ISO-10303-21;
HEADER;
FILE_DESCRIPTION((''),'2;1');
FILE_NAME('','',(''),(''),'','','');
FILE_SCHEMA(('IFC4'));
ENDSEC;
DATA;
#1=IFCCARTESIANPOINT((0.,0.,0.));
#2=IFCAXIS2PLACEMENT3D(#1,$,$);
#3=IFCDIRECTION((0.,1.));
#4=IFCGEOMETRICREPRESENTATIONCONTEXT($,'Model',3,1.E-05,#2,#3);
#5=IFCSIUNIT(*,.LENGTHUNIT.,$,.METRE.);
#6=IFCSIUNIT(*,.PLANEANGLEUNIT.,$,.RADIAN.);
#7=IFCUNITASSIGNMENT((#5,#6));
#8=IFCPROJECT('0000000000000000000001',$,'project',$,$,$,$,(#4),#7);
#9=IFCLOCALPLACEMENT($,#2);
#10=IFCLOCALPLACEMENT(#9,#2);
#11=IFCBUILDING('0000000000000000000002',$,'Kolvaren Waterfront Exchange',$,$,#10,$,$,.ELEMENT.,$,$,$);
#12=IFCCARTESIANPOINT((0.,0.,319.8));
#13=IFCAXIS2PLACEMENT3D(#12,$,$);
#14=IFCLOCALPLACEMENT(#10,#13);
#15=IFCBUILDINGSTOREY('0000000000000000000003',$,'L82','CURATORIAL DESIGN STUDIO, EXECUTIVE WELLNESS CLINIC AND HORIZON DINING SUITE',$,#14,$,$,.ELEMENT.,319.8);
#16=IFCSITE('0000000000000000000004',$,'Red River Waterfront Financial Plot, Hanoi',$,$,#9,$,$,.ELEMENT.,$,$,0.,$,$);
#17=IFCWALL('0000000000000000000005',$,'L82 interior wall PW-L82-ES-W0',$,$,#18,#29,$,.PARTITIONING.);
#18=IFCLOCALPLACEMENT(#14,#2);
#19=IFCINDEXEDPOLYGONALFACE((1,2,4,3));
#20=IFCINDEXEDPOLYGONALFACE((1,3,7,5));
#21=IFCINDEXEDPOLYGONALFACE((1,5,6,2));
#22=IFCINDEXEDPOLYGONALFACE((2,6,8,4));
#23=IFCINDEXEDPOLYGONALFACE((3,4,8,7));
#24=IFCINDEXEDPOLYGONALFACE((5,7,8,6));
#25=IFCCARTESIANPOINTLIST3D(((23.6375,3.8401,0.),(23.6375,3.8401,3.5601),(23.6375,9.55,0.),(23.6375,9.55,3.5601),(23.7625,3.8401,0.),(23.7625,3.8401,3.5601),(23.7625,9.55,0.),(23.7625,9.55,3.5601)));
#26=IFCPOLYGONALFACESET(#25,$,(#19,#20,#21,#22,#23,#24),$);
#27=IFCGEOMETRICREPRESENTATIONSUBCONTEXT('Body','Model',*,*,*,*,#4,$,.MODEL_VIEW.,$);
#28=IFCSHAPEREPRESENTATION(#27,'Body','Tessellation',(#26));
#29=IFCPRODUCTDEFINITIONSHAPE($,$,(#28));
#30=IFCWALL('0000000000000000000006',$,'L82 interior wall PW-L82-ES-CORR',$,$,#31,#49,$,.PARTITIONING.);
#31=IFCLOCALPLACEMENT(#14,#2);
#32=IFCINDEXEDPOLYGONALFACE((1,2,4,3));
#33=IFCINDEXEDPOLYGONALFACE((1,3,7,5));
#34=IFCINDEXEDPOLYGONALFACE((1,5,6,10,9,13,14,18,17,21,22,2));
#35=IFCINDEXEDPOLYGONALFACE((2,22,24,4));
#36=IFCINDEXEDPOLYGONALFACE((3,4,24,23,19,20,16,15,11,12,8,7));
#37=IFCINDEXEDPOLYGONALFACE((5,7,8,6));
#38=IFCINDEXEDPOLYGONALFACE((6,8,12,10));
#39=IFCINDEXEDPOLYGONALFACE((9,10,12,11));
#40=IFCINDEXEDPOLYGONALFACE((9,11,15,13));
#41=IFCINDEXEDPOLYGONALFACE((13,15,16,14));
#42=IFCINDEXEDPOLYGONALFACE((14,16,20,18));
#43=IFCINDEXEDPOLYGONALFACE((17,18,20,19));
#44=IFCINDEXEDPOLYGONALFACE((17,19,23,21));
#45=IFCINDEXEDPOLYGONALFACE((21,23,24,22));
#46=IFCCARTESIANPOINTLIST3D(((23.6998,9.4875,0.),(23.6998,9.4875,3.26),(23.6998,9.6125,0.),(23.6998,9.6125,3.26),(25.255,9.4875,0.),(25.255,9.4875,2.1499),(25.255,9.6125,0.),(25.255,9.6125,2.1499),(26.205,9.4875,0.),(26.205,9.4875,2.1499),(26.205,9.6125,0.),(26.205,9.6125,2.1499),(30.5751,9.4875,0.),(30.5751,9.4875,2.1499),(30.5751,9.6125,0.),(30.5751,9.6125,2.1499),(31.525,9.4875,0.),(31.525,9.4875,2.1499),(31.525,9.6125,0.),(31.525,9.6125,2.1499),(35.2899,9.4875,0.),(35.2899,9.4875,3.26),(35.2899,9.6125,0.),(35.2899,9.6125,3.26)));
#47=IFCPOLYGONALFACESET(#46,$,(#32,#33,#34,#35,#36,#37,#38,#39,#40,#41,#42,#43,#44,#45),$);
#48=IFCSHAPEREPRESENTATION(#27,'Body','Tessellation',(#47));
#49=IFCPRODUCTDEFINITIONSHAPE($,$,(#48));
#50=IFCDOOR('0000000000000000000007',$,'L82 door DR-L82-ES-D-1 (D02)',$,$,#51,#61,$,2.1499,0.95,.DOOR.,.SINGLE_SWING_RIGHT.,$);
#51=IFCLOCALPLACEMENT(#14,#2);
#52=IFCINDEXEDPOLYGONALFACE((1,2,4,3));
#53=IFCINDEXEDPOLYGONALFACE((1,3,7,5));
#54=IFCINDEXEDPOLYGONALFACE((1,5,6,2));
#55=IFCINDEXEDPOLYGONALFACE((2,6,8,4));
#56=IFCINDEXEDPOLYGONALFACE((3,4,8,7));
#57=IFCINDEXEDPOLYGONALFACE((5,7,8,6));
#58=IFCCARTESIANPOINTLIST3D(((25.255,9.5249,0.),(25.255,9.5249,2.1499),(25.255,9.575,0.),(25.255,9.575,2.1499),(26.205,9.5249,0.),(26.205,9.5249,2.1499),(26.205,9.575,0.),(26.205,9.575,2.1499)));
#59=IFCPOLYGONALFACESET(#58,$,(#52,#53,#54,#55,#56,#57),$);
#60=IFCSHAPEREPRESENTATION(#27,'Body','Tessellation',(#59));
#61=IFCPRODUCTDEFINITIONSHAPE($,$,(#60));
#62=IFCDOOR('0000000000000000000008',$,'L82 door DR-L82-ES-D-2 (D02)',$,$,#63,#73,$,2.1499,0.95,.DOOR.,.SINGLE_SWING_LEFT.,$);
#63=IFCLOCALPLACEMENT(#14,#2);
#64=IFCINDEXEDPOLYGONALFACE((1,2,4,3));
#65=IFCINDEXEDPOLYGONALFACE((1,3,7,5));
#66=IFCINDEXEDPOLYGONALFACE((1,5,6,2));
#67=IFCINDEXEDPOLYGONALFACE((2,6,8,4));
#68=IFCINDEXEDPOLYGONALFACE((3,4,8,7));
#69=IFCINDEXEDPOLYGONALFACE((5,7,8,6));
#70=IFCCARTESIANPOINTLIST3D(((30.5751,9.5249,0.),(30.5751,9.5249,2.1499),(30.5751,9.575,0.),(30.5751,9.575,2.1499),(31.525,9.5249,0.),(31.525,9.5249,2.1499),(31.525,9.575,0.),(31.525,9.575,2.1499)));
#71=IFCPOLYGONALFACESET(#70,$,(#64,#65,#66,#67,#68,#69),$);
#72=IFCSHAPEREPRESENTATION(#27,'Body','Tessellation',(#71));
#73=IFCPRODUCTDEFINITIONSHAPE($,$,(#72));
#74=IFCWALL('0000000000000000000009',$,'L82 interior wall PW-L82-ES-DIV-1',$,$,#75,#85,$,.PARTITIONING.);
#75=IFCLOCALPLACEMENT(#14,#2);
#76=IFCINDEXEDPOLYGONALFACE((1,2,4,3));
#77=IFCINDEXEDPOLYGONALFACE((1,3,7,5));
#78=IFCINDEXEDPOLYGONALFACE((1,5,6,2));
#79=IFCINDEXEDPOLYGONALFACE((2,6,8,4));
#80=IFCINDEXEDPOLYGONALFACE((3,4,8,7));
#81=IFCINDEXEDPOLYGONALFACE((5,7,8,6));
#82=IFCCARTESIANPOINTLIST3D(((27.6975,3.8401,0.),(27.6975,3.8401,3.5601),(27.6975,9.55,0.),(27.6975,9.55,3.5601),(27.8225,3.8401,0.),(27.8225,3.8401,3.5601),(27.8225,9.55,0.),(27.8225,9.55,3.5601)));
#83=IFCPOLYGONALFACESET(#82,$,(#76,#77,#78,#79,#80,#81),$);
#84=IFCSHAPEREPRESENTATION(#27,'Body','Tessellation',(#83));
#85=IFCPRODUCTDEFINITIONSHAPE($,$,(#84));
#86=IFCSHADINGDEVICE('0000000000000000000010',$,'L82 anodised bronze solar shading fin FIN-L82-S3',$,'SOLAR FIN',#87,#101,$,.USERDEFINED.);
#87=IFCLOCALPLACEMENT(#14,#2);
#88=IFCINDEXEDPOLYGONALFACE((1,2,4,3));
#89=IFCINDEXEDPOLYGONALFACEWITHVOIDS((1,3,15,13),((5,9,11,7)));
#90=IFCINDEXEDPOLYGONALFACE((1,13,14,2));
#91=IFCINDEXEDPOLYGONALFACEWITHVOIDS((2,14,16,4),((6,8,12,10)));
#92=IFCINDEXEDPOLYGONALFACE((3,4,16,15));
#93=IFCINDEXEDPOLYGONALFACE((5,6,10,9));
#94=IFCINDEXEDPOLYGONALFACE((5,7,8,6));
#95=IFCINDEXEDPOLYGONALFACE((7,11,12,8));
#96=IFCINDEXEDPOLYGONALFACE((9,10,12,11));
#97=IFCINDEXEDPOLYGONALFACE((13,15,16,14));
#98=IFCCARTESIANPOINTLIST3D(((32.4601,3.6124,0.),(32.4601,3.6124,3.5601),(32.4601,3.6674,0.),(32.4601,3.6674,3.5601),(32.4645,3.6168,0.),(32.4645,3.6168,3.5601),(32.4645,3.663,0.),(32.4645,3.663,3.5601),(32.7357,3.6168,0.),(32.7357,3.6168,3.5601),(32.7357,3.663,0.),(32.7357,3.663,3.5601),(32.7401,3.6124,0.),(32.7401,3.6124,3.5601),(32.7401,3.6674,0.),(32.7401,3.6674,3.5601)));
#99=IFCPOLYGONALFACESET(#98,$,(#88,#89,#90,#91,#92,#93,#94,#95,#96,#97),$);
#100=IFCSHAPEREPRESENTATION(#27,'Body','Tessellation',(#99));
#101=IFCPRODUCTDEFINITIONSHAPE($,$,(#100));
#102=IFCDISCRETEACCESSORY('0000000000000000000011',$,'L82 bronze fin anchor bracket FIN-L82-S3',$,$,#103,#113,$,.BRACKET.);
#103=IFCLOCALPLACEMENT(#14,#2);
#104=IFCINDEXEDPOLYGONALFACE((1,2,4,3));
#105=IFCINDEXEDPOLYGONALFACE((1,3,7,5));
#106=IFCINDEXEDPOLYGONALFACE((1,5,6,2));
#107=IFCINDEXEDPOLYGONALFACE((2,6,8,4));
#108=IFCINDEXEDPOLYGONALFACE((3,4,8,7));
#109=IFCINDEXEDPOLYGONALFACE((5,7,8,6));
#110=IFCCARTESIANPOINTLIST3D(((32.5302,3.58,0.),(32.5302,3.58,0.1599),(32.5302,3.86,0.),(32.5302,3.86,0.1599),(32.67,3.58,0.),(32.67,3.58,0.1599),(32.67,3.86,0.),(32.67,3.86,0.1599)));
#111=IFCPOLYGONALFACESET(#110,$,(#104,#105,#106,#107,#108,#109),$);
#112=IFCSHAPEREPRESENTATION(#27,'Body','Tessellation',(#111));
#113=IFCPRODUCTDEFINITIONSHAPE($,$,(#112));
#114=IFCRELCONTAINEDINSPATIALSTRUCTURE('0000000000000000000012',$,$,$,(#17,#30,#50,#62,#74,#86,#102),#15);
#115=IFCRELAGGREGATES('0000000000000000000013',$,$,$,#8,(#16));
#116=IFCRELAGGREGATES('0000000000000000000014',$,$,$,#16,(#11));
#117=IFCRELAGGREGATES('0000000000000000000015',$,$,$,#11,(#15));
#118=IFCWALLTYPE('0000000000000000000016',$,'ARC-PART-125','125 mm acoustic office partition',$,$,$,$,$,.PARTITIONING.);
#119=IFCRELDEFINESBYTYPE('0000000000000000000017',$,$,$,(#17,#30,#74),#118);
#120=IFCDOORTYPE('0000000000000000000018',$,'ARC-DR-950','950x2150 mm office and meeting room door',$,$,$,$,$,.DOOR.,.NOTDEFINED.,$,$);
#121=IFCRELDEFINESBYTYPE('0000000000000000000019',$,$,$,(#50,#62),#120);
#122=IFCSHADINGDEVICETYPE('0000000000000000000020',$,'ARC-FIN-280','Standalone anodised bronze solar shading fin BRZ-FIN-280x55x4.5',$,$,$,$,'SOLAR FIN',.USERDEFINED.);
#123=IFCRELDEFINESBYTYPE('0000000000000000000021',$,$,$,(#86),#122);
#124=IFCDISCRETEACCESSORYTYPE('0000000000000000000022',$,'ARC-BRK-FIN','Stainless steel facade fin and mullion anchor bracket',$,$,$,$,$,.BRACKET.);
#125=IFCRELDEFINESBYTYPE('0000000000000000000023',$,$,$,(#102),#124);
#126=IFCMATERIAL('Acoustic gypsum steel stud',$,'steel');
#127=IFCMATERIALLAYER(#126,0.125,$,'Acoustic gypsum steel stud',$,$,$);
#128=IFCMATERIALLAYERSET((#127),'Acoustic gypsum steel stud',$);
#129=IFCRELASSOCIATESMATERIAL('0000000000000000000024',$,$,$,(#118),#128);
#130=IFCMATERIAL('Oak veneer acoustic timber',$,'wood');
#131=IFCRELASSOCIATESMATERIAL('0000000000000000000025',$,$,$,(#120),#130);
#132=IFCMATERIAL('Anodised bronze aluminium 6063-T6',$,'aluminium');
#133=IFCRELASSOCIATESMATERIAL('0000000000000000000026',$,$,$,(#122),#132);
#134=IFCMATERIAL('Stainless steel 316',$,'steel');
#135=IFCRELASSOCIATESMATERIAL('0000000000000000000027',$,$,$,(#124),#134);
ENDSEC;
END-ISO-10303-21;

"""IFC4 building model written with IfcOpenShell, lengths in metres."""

from ifc_helpers import new_model, si_unit, direction, frame, frame_2d, origin, origin_with_axes, origin_2d, place, context, subcontext, project, spatial, rectangle, hollow_rectangle, extrude, source, transform, mapped, material, layer, layer_set, material_profile, profile_set, type_object, element, fill, save


model = new_model("IFC4")

# Units and contexts
model_context = context("Model", 3, precision=1e-05, world=origin(), true_north=direction((0.0, 1.0)))
body_context = subcontext(model_context, "Body", "Model", "MODEL_VIEW")
ifc_project = project(units=[si_unit("LENGTHUNIT", "METRE"), si_unit("PLANEANGLEUNIT", "RADIAN")], contexts=[model_context])

# Site, building, storey
site_placement = place(None, origin())
site = spatial("IfcSite", under=ifc_project, at=site_placement, Name="Red River Waterfront Financial Plot, Hanoi", CompositionType="ELEMENT", RefElevation=0.0)
building_placement = place(site_placement, origin())
building = spatial("IfcBuilding", under=site, at=building_placement, Name="Kolvaren Waterfront Exchange", CompositionType="ELEMENT")
storey_placement = place(building_placement, frame((0.0, 0.0, 319.8)))
storey = spatial("IfcBuildingStorey", under=building, at=storey_placement, Name="L82", Description="CURATORIAL DESIGN STUDIO, EXECUTIVE WELLNESS CLINIC AND HORIZON DINING SUITE", CompositionType="ELEMENT", Elevation=319.8)

# Shared definitions
ifc_material_1 = material(Name="Anodised bronze aluminium 6063-T6", Category="aluminium")

# Wall
ifc_material_2 = material(Name="Acoustic gypsum steel stud", Category="steel")
ifc_layer_1 = layer(ifc_material_2, 0.125, Name="Acoustic gypsum steel stud")
ifc_layer_set_1 = layer_set([ifc_layer_1], Name="Acoustic gypsum steel stud")
wall_type = type_object("IfcWallType", Name="ARC-PART-125", Description="125 mm acoustic office partition", PredefinedType="PARTITIONING", material=ifc_layer_set_1)
wall_1_placement = place(storey_placement, frame((23.7, 3.8401, 0.0), z_axis=(0.0, 0.0, 1.0), x_axis=(0.0, 1.0, 0.0)))
element("IfcWall", 1, at=wall_1_placement, inside=storey, type_object=wall_type, Name="L82 interior wall PW-L82-ES-W0", PredefinedType="PARTITIONING", context=body_context, shape_type="SweptSolid", body=[
    extrude(rectangle(XDim=5.71, YDim=0.125, at=frame_2d((2.855, 0.0))), origin(), (0.0, 0.0, 1.0), 3.5601),
])

# Wall, openings, doors
wall_2_placement = place(storey_placement, frame((23.7, 9.55, 0.0), z_axis=(0.0, 0.0, 1.0), x_axis=(1.0, 0.0, 0.0)))
wall_2 = element("IfcWall", 2, at=wall_2_placement, inside=storey, type_object=wall_type, Name="L82 interior wall PW-L82-ES-CORR", PredefinedType="PARTITIONING", context=body_context, shape_type="SweptSolid", body=[
    extrude(rectangle(XDim=11.5901, YDim=0.125, at=frame_2d((5.7949, 0.0))), origin(), (0.0, 0.0, 1.0), 3.26),
])
opening_1_placement = place(wall_2_placement, frame((1.5549, 0.0, 0.0)))
opening_1 = element("IfcOpeningElement", 3, at=opening_1_placement, cuts=wall_2, PredefinedType="OPENING", context=body_context, shape_type="SweptSolid", body=[
    extrude(rectangle(XDim=0.95, YDim=2.1499, at=frame_2d((0.4751, 1.075))), frame((0.0, 0.0725, 0.0), z_axis=(0.0, -1.0, 0.0), x_axis=(1.0, 0.0, 0.0)), (0.0, 0.0, 1.0), 0.145),
])
opening_2_placement = place(wall_2_placement, frame((6.875, 0.0, 0.0)))
opening_2 = element("IfcOpeningElement", 4, at=opening_2_placement, cuts=wall_2, PredefinedType="OPENING", context=body_context, shape_type="SweptSolid", body=[
    extrude(rectangle(XDim=0.95, YDim=2.1499, at=frame_2d((0.4751, 1.075))), frame((0.0, 0.0725, 0.0), z_axis=(0.0, -1.0, 0.0), x_axis=(1.0, 0.0, 0.0)), (0.0, 0.0, 1.0), 0.145),
])
ifc_material_3 = material(Name="Oak veneer acoustic timber", Category="wood")
door_type = type_object("IfcDoorType", Name="ARC-DR-950", Description="950x2150 mm office and meeting room door", OperationType="NOTDEFINED", PredefinedType="DOOR", material=ifc_material_3)
door_1_placement = place(opening_1_placement, origin())
door_1 = element("IfcDoor", 5, at=door_1_placement, inside=storey, type_object=door_type, Name="L82 door DR-L82-ES-D-1 (D02)", OperationType="SINGLE_SWING_RIGHT", OverallHeight=2.1499, OverallWidth=0.95, PredefinedType="DOOR", context=body_context, shape_type="SweptSolid", body=[
    extrude(rectangle(XDim=0.95, YDim=2.1499, at=frame_2d((0.4751, 1.075))), frame((0.0, 0.0249, 0.0), z_axis=(0.0, -1.0, 0.0), x_axis=(1.0, 0.0, 0.0)), (0.0, 0.0, 1.0), 0.05),
])
fill(opening_1, door_1)
door_2_placement = place(opening_2_placement, origin())
door_2 = element("IfcDoor", 6, at=door_2_placement, inside=storey, type_object=door_type, Name="L82 door DR-L82-ES-D-2 (D02)", OperationType="SINGLE_SWING_LEFT", OverallHeight=2.1499, OverallWidth=0.95, PredefinedType="DOOR", context=body_context, shape_type="SweptSolid", body=[
    extrude(rectangle(XDim=0.95, YDim=2.1499, at=frame_2d((0.4751, 1.075))), frame((0.0, 0.0249, 0.0), z_axis=(0.0, -1.0, 0.0), x_axis=(1.0, 0.0, 0.0)), (0.0, 0.0, 1.0), 0.05),
])
fill(opening_2, door_2)

# Wall
wall_3_placement = place(storey_placement, frame((27.76, 3.8401, 0.0), z_axis=(0.0, 0.0, 1.0), x_axis=(0.0, 1.0, 0.0)))
element("IfcWall", 7, at=wall_3_placement, inside=storey, type_object=wall_type, Name="L82 interior wall PW-L82-ES-DIV-1", PredefinedType="PARTITIONING", context=body_context, shape_type="SweptSolid", body=[
    extrude(rectangle(XDim=5.71, YDim=0.125, at=frame_2d((2.855, 0.0))), origin(), (0.0, 0.0, 1.0), 3.5601),
])

# Shading device
ifc_material_profile_1 = material_profile(ifc_material_1, hollow_rectangle(XDim=0.0549, YDim=0.28, WallThickness=0.0044, at=origin_2d()), Name="BRZ-FIN-280x55x4.5")
ifc_profile_set_1 = profile_set([ifc_material_profile_1], Name="Anodised bronze aluminium 6063-T6")
shading_device_type = type_object("IfcShadingDeviceType", Name="ARC-FIN-280", Description="Standalone anodised bronze solar shading fin BRZ-FIN-280x55x4.5", ElementType="SOLAR FIN", PredefinedType="USERDEFINED", material=ifc_profile_set_1)
shading_device_placement = place(storey_placement, frame((32.6001, 3.6399, 0.0), z_axis=(0.0, 0.0, 1.0), x_axis=(0.0, -1.0, 0.0)))
element("IfcShadingDevice", 8, at=shading_device_placement, inside=storey, type_object=shading_device_type, Name="L82 anodised bronze solar shading fin FIN-L82-S3", ObjectType="SOLAR FIN", PredefinedType="USERDEFINED", context=body_context, shape_type="SweptSolid", body=[
    extrude(hollow_rectangle(XDim=0.0549, YDim=0.28, WallThickness=0.0044, at=origin_2d()), origin(), (0.0, 0.0, 1.0), 3.5601),
])

# Discrete accessory
ifc_material_4 = material(Name="Stainless steel 316", Category="steel")
discrete_accessory_type = type_object("IfcDiscreteAccessoryType", Name="ARC-BRK-FIN", Description="Stainless steel facade fin and mullion anchor bracket", PredefinedType="BRACKET", material=ifc_material_4)
shared_shape_1 = source(origin_with_axes(), body_context, "Body", "SweptSolid", [
    extrude(rectangle(XDim=0.28, YDim=0.1399, at=origin_2d()), origin(), (0.0, 0.0, 1.0), 0.1599),
])
discrete_accessory_placement = place(storey_placement, frame((32.6001, 3.72, 0.0), z_axis=(0.0, 0.0, 1.0), x_axis=(0.0, -1.0, 0.0)))
element("IfcDiscreteAccessory", 9, at=discrete_accessory_placement, inside=storey, type_object=discrete_accessory_type, Name="L82 bronze fin anchor bracket FIN-L82-S3", PredefinedType="BRACKET", context=body_context, shape_type="MappedRepresentation", body=[
    mapped(shared_shape_1, transform((0.0, 0.0, 0.0), x_axis=(1.0, 0.0, 0.0), y_axis=(0.0, 1.0, 0.0), z_axis=(0.0, 0.0, 1.0), scale=1.0)),
])

save(model, "model.ifc")
